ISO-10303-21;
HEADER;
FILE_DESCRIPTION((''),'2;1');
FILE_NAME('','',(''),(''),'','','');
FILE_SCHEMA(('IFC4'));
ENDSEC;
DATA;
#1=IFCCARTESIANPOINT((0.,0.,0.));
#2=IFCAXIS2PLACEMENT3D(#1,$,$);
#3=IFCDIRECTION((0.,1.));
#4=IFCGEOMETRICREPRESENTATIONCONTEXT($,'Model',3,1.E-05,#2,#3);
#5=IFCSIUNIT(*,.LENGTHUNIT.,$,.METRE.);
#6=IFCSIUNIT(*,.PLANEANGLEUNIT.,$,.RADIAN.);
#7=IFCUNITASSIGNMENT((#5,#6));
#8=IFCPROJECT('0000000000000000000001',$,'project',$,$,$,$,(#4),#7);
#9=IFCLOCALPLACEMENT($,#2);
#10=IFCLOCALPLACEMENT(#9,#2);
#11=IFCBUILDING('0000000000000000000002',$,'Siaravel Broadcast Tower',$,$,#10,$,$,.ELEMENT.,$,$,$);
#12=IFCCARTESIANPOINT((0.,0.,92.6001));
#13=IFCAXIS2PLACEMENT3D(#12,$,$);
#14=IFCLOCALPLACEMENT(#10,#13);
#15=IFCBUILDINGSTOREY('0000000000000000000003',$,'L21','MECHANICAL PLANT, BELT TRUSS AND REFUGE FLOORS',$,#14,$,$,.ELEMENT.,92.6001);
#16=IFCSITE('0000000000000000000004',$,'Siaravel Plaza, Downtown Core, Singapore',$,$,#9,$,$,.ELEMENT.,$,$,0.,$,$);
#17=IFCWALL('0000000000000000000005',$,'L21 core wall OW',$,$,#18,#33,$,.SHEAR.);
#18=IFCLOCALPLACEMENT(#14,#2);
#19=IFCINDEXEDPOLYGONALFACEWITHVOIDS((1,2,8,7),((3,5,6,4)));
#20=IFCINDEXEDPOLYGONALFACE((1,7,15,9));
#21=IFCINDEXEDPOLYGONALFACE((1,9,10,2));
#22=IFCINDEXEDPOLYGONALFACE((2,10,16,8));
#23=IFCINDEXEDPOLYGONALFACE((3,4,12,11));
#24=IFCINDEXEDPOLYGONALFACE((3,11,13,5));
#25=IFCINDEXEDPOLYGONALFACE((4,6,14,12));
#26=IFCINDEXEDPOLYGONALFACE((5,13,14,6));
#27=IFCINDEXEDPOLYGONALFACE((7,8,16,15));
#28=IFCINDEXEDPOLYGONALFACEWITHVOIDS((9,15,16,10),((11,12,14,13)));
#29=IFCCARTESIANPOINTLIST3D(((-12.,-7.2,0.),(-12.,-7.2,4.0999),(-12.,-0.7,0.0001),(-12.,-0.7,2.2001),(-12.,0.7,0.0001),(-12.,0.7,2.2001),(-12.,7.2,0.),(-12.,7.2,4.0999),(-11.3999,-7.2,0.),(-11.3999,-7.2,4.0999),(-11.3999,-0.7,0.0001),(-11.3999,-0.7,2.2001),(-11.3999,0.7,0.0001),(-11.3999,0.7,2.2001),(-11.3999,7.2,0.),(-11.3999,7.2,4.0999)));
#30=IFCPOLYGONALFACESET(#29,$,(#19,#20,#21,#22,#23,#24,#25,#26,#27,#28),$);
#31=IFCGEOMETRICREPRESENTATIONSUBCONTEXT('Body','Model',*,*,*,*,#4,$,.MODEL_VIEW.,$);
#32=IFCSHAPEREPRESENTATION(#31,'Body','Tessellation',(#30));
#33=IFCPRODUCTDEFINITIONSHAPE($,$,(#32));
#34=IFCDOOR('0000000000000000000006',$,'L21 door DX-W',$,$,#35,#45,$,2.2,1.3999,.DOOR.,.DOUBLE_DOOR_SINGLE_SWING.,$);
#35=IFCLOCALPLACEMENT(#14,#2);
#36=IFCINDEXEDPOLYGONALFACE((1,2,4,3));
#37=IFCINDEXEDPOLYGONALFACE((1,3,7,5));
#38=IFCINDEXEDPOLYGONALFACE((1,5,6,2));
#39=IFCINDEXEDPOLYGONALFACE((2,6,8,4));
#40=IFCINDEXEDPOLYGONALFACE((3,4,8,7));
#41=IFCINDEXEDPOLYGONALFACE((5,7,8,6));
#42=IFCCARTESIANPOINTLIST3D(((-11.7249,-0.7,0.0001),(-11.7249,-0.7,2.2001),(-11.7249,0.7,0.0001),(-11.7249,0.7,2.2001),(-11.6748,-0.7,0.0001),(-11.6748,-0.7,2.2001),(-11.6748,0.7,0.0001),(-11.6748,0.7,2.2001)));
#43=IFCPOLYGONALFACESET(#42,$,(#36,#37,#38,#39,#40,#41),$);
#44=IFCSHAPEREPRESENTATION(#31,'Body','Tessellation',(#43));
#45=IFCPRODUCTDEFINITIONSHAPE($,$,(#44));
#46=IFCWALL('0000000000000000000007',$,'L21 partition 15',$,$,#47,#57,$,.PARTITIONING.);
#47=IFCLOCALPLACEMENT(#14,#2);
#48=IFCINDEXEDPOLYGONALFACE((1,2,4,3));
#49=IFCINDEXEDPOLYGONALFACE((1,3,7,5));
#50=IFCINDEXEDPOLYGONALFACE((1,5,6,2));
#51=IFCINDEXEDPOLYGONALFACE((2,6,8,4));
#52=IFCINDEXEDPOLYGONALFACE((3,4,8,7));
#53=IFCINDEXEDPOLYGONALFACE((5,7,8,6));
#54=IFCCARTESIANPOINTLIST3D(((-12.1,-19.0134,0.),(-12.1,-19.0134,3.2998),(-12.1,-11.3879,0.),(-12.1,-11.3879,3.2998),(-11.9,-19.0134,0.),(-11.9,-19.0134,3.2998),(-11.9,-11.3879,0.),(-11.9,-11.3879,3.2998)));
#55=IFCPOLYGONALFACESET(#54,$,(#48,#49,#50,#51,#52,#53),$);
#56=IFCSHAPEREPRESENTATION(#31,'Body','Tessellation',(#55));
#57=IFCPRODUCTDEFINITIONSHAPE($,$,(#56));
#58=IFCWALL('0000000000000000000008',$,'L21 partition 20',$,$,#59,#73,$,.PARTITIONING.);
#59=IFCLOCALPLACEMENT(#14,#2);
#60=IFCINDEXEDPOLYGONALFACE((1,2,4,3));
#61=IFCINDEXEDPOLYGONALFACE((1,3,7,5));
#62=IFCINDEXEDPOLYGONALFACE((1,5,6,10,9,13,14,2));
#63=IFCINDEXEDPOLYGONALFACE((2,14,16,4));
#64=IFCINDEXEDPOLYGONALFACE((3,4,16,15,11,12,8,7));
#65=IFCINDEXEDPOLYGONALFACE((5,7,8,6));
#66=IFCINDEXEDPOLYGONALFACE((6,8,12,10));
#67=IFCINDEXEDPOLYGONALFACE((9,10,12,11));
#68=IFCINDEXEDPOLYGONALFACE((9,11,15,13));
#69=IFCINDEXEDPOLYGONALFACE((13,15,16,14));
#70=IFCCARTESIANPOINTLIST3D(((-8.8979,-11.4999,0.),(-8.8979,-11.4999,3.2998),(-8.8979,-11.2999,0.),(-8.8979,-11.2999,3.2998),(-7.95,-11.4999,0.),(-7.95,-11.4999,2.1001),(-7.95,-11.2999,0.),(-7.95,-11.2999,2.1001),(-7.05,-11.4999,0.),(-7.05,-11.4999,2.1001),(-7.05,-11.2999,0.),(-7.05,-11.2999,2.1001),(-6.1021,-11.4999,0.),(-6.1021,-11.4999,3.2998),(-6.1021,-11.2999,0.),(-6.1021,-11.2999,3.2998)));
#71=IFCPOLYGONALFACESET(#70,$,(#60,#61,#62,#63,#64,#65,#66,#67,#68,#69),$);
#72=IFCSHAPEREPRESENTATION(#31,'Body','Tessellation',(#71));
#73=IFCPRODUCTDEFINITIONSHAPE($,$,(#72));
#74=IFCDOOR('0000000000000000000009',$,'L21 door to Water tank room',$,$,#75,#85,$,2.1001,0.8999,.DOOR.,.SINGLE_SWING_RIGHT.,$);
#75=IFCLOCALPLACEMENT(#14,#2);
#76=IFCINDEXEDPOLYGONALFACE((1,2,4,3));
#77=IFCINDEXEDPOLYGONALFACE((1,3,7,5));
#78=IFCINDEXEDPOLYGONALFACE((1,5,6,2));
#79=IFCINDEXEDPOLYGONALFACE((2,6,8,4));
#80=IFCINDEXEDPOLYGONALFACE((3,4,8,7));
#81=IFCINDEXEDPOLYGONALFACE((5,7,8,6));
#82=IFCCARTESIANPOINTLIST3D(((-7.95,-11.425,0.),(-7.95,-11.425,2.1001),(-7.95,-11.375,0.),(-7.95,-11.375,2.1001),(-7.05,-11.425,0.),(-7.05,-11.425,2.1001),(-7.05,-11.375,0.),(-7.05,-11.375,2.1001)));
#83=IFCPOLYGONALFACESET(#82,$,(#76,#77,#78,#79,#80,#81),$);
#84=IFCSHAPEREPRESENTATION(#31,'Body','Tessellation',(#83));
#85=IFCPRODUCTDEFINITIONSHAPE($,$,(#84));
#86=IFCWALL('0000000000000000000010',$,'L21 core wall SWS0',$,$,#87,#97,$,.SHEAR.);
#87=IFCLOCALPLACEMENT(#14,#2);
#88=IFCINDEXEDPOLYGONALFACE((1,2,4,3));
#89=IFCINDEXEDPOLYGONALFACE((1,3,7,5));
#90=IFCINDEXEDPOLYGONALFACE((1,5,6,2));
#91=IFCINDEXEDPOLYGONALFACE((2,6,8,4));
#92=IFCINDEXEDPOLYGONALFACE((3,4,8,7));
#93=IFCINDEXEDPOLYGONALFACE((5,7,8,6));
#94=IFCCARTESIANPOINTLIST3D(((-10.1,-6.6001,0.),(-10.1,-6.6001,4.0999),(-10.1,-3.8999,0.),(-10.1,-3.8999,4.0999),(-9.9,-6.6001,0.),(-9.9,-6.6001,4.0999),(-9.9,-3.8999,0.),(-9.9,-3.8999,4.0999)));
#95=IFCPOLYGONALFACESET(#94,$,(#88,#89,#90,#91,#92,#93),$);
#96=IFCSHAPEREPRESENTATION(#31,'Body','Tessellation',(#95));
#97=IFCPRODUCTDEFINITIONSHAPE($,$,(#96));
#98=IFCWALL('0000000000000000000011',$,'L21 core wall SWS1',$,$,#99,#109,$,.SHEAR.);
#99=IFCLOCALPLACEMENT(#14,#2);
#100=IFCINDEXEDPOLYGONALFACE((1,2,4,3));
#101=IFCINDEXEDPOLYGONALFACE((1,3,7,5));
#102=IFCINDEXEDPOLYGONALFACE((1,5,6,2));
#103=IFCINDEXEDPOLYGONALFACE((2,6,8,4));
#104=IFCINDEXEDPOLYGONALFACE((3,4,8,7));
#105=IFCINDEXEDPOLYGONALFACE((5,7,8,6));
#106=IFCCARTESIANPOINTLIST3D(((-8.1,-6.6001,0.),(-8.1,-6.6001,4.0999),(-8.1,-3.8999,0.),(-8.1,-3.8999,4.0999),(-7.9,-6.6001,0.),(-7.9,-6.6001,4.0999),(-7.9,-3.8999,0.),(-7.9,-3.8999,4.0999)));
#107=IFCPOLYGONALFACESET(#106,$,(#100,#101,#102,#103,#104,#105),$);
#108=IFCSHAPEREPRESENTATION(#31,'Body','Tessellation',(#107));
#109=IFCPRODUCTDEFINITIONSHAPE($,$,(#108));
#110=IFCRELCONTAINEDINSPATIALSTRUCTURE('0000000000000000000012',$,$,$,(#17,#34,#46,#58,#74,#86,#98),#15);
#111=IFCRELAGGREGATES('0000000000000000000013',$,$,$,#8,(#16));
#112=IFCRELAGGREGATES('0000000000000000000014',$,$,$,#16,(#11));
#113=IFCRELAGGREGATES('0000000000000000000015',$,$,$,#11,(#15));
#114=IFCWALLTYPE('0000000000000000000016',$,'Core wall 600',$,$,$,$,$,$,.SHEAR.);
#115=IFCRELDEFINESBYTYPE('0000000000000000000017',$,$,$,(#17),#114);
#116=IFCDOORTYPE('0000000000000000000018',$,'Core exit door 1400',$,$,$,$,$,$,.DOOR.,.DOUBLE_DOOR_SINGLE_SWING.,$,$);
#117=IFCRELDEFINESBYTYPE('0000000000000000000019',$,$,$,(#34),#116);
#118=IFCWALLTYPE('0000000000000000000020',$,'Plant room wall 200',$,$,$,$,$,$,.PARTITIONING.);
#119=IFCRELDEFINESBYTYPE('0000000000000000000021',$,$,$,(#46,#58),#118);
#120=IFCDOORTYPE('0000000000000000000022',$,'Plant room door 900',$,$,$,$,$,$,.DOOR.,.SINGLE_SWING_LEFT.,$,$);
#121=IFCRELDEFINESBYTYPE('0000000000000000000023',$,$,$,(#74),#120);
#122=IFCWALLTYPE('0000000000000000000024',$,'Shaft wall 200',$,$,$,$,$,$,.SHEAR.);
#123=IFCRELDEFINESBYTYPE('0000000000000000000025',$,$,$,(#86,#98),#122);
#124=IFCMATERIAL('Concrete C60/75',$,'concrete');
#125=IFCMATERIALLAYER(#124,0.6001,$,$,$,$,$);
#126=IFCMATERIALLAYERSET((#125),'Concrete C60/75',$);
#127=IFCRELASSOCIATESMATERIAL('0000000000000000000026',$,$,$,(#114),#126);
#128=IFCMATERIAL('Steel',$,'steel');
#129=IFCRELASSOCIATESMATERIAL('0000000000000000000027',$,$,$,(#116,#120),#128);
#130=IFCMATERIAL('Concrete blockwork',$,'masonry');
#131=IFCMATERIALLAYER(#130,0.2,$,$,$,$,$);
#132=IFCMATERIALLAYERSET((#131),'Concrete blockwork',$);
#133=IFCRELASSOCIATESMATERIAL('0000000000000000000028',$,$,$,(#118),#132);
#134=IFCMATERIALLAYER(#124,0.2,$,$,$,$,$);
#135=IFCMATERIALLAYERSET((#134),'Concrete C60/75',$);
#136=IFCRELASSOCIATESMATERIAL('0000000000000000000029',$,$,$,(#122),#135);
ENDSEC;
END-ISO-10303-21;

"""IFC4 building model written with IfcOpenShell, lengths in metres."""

from ifc_helpers import new_model, si_unit, direction, frame, frame_2d, origin, place, context, subcontext, project, spatial, rectangle, extrude, material, layer, layer_set, type_object, element, fill, save


model = new_model("IFC4")

# Units and contexts
model_context = context("Model", 3, precision=1e-05, world=origin(), true_north=direction((0.0, 1.0)))
body_context = subcontext(model_context, "Body", "Model", "MODEL_VIEW")
ifc_project = project(units=[si_unit("LENGTHUNIT", "METRE"), si_unit("PLANEANGLEUNIT", "RADIAN")], contexts=[model_context])

# Site, building, storey
site_placement = place(None, origin())
site = spatial("IfcSite", under=ifc_project, at=site_placement, Name="Siaravel Plaza, Downtown Core, Singapore", CompositionType="ELEMENT", RefElevation=0.0)
building_placement = place(site_placement, origin())
building = spatial("IfcBuilding", under=site, at=building_placement, Name="Siaravel Broadcast Tower", CompositionType="ELEMENT")
storey_placement = place(building_placement, frame((0.0, 0.0, 92.6001)))
storey = spatial("IfcBuildingStorey", under=building, at=storey_placement, Name="L21", Description="MECHANICAL PLANT, BELT TRUSS AND REFUGE FLOORS", CompositionType="ELEMENT", Elevation=92.6001)

# Wall, opening, door
ifc_material_1 = material(Name="Concrete C60/75", Category="concrete")
ifc_layer_1 = layer(ifc_material_1, 0.6001)
ifc_layer_set_1 = layer_set([ifc_layer_1], Name="Concrete C60/75")
wall_type_1 = type_object("IfcWallType", Name="Core wall 600", PredefinedType="SHEAR", material=ifc_layer_set_1)
wall_1_placement = place(storey_placement, frame((-11.7, -7.2, 0.0), z_axis=(0.0, 0.0, 1.0), x_axis=(0.0, 1.0, 0.0)))
wall_1 = element("IfcWall", 1, at=wall_1_placement, inside=storey, type_object=wall_type_1, Name="L21 core wall OW", PredefinedType="SHEAR", context=body_context, shape_type="SweptSolid", body=[
    extrude(rectangle(XDim=14.3999, YDim=0.6001, at=frame_2d((7.2, 0.0))), origin(), (0.0, 0.0, 1.0), 4.0999),
])
opening_1_placement = place(wall_1_placement, frame((6.5, 0.0, 0.0)))
opening_1 = element("IfcOpeningElement", 2, at=opening_1_placement, cuts=wall_1, PredefinedType="OPENING", context=body_context, shape_type="SweptSolid", body=[
    extrude(rectangle(XDim=1.3999, YDim=2.2, at=frame_2d((0.7, 1.1001))), frame((0.0, 0.3101, 0.0), z_axis=(0.0, -1.0, 0.0), x_axis=(1.0, 0.0, 0.0)), (0.0, 0.0, 1.0), 0.6201),
])
ifc_material_2 = material(Name="Steel", Category="steel")
door_type_1 = type_object("IfcDoorType", Name="Core exit door 1400", OperationType="DOUBLE_DOOR_SINGLE_SWING", PredefinedType="DOOR", material=ifc_material_2)
door_1_placement = place(opening_1_placement, origin())
door_1 = element("IfcDoor", 3, at=door_1_placement, inside=storey, type_object=door_type_1, Name="L21 door DX-W", OperationType="DOUBLE_DOOR_SINGLE_SWING", OverallHeight=2.2, OverallWidth=1.3999, PredefinedType="DOOR", context=body_context, shape_type="SweptSolid", body=[
    extrude(rectangle(XDim=1.3999, YDim=2.2, at=frame_2d((0.7, 1.1001))), frame((0.0, 0.0249, 0.0), z_axis=(0.0, -1.0, 0.0), x_axis=(1.0, 0.0, 0.0)), (0.0, 0.0, 1.0), 0.05),
])
fill(opening_1, door_1)

# Wall
ifc_material_3 = material(Name="Concrete blockwork", Category="masonry")
ifc_layer_2 = layer(ifc_material_3, 0.2)
ifc_layer_set_2 = layer_set([ifc_layer_2], Name="Concrete blockwork")
wall_type_2 = type_object("IfcWallType", Name="Plant room wall 200", PredefinedType="PARTITIONING", material=ifc_layer_set_2)
wall_2_placement = place(storey_placement, frame((-12.0, -11.3879, 0.0), z_axis=(0.0, 0.0, 1.0), x_axis=(0.0, -1.0, 0.0)))
element("IfcWall", 4, at=wall_2_placement, inside=storey, type_object=wall_type_2, Name="L21 partition 15", PredefinedType="PARTITIONING", context=body_context, shape_type="SweptSolid", body=[
    extrude(rectangle(XDim=7.6255, YDim=0.2, at=frame_2d((3.8127, 0.0))), origin(), (0.0, 0.0, 1.0), 3.2998),
])

# Wall, opening, door
wall_3_placement = place(storey_placement, frame((-8.8979, -11.3999, 0.0), z_axis=(0.0, 0.0, 1.0), x_axis=(1.0, 0.0, 0.0)))
wall_3 = element("IfcWall", 5, at=wall_3_placement, inside=storey, type_object=wall_type_2, Name="L21 partition 20", PredefinedType="PARTITIONING", context=body_context, shape_type="SweptSolid", body=[
    extrude(rectangle(XDim=2.7959, YDim=0.2, at=frame_2d((1.3979, 0.0))), origin(), (0.0, 0.0, 1.0), 3.2998),
])
opening_2_placement = place(wall_3_placement, frame((0.948, 0.0, 0.0)))
opening_2 = element("IfcOpeningElement", 6, at=opening_2_placement, cuts=wall_3, PredefinedType="OPENING", context=body_context, shape_type="SweptSolid", body=[
    extrude(rectangle(XDim=0.8999, YDim=2.1001, at=frame_2d((0.45, 1.05))), frame((0.0, 0.1099, 0.0), z_axis=(0.0, -1.0, 0.0), x_axis=(1.0, 0.0, 0.0)), (0.0, 0.0, 1.0), 0.22),
])
door_type_2 = type_object("IfcDoorType", Name="Plant room door 900", OperationType="SINGLE_SWING_LEFT", PredefinedType="DOOR", material=ifc_material_2)
door_2_placement = place(opening_2_placement, origin())
door_2 = element("IfcDoor", 7, at=door_2_placement, inside=storey, type_object=door_type_2, Name="L21 door to Water tank room", OperationType="SINGLE_SWING_RIGHT", OverallHeight=2.1001, OverallWidth=0.8999, PredefinedType="DOOR", context=body_context, shape_type="SweptSolid", body=[
    extrude(rectangle(XDim=0.8999, YDim=2.1001, at=frame_2d((0.45, 1.05))), frame((0.0, 0.0249, 0.0), z_axis=(0.0, -1.0, 0.0), x_axis=(1.0, 0.0, 0.0)), (0.0, 0.0, 1.0), 0.05),
])
fill(opening_2, door_2)

# Walls
ifc_layer_3 = layer(ifc_material_1, 0.2)
ifc_layer_set_3 = layer_set([ifc_layer_3], Name="Concrete C60/75")
wall_type_3 = type_object("IfcWallType", Name="Shaft wall 200", PredefinedType="SHEAR", material=ifc_layer_set_3)
for number, where, z_axis, x_axis, name in (
    (8, (-10.0, -6.6001, 0.0), (0.0, 0.0, 1.0), (0.0, 1.0, 0.0), "L21 core wall SWS0"),
    (9, (-8.0, -6.6001, 0.0), (0.0, 0.0, 1.0), (0.0, 1.0, 0.0), "L21 core wall SWS1"),
):
    element("IfcWall", number, at=place(storey_placement, frame(where, z_axis=z_axis, x_axis=x_axis)), inside=storey, type_object=wall_type_3, Name=name, PredefinedType="SHEAR", context=body_context, shape_type="SweptSolid", body=[
        extrude(rectangle(XDim=2.7002, YDim=0.2, at=frame_2d((1.3501, 0.0))), origin(), (0.0, 0.0, 1.0), 4.0999),
    ])

save(model, "model.ifc")
